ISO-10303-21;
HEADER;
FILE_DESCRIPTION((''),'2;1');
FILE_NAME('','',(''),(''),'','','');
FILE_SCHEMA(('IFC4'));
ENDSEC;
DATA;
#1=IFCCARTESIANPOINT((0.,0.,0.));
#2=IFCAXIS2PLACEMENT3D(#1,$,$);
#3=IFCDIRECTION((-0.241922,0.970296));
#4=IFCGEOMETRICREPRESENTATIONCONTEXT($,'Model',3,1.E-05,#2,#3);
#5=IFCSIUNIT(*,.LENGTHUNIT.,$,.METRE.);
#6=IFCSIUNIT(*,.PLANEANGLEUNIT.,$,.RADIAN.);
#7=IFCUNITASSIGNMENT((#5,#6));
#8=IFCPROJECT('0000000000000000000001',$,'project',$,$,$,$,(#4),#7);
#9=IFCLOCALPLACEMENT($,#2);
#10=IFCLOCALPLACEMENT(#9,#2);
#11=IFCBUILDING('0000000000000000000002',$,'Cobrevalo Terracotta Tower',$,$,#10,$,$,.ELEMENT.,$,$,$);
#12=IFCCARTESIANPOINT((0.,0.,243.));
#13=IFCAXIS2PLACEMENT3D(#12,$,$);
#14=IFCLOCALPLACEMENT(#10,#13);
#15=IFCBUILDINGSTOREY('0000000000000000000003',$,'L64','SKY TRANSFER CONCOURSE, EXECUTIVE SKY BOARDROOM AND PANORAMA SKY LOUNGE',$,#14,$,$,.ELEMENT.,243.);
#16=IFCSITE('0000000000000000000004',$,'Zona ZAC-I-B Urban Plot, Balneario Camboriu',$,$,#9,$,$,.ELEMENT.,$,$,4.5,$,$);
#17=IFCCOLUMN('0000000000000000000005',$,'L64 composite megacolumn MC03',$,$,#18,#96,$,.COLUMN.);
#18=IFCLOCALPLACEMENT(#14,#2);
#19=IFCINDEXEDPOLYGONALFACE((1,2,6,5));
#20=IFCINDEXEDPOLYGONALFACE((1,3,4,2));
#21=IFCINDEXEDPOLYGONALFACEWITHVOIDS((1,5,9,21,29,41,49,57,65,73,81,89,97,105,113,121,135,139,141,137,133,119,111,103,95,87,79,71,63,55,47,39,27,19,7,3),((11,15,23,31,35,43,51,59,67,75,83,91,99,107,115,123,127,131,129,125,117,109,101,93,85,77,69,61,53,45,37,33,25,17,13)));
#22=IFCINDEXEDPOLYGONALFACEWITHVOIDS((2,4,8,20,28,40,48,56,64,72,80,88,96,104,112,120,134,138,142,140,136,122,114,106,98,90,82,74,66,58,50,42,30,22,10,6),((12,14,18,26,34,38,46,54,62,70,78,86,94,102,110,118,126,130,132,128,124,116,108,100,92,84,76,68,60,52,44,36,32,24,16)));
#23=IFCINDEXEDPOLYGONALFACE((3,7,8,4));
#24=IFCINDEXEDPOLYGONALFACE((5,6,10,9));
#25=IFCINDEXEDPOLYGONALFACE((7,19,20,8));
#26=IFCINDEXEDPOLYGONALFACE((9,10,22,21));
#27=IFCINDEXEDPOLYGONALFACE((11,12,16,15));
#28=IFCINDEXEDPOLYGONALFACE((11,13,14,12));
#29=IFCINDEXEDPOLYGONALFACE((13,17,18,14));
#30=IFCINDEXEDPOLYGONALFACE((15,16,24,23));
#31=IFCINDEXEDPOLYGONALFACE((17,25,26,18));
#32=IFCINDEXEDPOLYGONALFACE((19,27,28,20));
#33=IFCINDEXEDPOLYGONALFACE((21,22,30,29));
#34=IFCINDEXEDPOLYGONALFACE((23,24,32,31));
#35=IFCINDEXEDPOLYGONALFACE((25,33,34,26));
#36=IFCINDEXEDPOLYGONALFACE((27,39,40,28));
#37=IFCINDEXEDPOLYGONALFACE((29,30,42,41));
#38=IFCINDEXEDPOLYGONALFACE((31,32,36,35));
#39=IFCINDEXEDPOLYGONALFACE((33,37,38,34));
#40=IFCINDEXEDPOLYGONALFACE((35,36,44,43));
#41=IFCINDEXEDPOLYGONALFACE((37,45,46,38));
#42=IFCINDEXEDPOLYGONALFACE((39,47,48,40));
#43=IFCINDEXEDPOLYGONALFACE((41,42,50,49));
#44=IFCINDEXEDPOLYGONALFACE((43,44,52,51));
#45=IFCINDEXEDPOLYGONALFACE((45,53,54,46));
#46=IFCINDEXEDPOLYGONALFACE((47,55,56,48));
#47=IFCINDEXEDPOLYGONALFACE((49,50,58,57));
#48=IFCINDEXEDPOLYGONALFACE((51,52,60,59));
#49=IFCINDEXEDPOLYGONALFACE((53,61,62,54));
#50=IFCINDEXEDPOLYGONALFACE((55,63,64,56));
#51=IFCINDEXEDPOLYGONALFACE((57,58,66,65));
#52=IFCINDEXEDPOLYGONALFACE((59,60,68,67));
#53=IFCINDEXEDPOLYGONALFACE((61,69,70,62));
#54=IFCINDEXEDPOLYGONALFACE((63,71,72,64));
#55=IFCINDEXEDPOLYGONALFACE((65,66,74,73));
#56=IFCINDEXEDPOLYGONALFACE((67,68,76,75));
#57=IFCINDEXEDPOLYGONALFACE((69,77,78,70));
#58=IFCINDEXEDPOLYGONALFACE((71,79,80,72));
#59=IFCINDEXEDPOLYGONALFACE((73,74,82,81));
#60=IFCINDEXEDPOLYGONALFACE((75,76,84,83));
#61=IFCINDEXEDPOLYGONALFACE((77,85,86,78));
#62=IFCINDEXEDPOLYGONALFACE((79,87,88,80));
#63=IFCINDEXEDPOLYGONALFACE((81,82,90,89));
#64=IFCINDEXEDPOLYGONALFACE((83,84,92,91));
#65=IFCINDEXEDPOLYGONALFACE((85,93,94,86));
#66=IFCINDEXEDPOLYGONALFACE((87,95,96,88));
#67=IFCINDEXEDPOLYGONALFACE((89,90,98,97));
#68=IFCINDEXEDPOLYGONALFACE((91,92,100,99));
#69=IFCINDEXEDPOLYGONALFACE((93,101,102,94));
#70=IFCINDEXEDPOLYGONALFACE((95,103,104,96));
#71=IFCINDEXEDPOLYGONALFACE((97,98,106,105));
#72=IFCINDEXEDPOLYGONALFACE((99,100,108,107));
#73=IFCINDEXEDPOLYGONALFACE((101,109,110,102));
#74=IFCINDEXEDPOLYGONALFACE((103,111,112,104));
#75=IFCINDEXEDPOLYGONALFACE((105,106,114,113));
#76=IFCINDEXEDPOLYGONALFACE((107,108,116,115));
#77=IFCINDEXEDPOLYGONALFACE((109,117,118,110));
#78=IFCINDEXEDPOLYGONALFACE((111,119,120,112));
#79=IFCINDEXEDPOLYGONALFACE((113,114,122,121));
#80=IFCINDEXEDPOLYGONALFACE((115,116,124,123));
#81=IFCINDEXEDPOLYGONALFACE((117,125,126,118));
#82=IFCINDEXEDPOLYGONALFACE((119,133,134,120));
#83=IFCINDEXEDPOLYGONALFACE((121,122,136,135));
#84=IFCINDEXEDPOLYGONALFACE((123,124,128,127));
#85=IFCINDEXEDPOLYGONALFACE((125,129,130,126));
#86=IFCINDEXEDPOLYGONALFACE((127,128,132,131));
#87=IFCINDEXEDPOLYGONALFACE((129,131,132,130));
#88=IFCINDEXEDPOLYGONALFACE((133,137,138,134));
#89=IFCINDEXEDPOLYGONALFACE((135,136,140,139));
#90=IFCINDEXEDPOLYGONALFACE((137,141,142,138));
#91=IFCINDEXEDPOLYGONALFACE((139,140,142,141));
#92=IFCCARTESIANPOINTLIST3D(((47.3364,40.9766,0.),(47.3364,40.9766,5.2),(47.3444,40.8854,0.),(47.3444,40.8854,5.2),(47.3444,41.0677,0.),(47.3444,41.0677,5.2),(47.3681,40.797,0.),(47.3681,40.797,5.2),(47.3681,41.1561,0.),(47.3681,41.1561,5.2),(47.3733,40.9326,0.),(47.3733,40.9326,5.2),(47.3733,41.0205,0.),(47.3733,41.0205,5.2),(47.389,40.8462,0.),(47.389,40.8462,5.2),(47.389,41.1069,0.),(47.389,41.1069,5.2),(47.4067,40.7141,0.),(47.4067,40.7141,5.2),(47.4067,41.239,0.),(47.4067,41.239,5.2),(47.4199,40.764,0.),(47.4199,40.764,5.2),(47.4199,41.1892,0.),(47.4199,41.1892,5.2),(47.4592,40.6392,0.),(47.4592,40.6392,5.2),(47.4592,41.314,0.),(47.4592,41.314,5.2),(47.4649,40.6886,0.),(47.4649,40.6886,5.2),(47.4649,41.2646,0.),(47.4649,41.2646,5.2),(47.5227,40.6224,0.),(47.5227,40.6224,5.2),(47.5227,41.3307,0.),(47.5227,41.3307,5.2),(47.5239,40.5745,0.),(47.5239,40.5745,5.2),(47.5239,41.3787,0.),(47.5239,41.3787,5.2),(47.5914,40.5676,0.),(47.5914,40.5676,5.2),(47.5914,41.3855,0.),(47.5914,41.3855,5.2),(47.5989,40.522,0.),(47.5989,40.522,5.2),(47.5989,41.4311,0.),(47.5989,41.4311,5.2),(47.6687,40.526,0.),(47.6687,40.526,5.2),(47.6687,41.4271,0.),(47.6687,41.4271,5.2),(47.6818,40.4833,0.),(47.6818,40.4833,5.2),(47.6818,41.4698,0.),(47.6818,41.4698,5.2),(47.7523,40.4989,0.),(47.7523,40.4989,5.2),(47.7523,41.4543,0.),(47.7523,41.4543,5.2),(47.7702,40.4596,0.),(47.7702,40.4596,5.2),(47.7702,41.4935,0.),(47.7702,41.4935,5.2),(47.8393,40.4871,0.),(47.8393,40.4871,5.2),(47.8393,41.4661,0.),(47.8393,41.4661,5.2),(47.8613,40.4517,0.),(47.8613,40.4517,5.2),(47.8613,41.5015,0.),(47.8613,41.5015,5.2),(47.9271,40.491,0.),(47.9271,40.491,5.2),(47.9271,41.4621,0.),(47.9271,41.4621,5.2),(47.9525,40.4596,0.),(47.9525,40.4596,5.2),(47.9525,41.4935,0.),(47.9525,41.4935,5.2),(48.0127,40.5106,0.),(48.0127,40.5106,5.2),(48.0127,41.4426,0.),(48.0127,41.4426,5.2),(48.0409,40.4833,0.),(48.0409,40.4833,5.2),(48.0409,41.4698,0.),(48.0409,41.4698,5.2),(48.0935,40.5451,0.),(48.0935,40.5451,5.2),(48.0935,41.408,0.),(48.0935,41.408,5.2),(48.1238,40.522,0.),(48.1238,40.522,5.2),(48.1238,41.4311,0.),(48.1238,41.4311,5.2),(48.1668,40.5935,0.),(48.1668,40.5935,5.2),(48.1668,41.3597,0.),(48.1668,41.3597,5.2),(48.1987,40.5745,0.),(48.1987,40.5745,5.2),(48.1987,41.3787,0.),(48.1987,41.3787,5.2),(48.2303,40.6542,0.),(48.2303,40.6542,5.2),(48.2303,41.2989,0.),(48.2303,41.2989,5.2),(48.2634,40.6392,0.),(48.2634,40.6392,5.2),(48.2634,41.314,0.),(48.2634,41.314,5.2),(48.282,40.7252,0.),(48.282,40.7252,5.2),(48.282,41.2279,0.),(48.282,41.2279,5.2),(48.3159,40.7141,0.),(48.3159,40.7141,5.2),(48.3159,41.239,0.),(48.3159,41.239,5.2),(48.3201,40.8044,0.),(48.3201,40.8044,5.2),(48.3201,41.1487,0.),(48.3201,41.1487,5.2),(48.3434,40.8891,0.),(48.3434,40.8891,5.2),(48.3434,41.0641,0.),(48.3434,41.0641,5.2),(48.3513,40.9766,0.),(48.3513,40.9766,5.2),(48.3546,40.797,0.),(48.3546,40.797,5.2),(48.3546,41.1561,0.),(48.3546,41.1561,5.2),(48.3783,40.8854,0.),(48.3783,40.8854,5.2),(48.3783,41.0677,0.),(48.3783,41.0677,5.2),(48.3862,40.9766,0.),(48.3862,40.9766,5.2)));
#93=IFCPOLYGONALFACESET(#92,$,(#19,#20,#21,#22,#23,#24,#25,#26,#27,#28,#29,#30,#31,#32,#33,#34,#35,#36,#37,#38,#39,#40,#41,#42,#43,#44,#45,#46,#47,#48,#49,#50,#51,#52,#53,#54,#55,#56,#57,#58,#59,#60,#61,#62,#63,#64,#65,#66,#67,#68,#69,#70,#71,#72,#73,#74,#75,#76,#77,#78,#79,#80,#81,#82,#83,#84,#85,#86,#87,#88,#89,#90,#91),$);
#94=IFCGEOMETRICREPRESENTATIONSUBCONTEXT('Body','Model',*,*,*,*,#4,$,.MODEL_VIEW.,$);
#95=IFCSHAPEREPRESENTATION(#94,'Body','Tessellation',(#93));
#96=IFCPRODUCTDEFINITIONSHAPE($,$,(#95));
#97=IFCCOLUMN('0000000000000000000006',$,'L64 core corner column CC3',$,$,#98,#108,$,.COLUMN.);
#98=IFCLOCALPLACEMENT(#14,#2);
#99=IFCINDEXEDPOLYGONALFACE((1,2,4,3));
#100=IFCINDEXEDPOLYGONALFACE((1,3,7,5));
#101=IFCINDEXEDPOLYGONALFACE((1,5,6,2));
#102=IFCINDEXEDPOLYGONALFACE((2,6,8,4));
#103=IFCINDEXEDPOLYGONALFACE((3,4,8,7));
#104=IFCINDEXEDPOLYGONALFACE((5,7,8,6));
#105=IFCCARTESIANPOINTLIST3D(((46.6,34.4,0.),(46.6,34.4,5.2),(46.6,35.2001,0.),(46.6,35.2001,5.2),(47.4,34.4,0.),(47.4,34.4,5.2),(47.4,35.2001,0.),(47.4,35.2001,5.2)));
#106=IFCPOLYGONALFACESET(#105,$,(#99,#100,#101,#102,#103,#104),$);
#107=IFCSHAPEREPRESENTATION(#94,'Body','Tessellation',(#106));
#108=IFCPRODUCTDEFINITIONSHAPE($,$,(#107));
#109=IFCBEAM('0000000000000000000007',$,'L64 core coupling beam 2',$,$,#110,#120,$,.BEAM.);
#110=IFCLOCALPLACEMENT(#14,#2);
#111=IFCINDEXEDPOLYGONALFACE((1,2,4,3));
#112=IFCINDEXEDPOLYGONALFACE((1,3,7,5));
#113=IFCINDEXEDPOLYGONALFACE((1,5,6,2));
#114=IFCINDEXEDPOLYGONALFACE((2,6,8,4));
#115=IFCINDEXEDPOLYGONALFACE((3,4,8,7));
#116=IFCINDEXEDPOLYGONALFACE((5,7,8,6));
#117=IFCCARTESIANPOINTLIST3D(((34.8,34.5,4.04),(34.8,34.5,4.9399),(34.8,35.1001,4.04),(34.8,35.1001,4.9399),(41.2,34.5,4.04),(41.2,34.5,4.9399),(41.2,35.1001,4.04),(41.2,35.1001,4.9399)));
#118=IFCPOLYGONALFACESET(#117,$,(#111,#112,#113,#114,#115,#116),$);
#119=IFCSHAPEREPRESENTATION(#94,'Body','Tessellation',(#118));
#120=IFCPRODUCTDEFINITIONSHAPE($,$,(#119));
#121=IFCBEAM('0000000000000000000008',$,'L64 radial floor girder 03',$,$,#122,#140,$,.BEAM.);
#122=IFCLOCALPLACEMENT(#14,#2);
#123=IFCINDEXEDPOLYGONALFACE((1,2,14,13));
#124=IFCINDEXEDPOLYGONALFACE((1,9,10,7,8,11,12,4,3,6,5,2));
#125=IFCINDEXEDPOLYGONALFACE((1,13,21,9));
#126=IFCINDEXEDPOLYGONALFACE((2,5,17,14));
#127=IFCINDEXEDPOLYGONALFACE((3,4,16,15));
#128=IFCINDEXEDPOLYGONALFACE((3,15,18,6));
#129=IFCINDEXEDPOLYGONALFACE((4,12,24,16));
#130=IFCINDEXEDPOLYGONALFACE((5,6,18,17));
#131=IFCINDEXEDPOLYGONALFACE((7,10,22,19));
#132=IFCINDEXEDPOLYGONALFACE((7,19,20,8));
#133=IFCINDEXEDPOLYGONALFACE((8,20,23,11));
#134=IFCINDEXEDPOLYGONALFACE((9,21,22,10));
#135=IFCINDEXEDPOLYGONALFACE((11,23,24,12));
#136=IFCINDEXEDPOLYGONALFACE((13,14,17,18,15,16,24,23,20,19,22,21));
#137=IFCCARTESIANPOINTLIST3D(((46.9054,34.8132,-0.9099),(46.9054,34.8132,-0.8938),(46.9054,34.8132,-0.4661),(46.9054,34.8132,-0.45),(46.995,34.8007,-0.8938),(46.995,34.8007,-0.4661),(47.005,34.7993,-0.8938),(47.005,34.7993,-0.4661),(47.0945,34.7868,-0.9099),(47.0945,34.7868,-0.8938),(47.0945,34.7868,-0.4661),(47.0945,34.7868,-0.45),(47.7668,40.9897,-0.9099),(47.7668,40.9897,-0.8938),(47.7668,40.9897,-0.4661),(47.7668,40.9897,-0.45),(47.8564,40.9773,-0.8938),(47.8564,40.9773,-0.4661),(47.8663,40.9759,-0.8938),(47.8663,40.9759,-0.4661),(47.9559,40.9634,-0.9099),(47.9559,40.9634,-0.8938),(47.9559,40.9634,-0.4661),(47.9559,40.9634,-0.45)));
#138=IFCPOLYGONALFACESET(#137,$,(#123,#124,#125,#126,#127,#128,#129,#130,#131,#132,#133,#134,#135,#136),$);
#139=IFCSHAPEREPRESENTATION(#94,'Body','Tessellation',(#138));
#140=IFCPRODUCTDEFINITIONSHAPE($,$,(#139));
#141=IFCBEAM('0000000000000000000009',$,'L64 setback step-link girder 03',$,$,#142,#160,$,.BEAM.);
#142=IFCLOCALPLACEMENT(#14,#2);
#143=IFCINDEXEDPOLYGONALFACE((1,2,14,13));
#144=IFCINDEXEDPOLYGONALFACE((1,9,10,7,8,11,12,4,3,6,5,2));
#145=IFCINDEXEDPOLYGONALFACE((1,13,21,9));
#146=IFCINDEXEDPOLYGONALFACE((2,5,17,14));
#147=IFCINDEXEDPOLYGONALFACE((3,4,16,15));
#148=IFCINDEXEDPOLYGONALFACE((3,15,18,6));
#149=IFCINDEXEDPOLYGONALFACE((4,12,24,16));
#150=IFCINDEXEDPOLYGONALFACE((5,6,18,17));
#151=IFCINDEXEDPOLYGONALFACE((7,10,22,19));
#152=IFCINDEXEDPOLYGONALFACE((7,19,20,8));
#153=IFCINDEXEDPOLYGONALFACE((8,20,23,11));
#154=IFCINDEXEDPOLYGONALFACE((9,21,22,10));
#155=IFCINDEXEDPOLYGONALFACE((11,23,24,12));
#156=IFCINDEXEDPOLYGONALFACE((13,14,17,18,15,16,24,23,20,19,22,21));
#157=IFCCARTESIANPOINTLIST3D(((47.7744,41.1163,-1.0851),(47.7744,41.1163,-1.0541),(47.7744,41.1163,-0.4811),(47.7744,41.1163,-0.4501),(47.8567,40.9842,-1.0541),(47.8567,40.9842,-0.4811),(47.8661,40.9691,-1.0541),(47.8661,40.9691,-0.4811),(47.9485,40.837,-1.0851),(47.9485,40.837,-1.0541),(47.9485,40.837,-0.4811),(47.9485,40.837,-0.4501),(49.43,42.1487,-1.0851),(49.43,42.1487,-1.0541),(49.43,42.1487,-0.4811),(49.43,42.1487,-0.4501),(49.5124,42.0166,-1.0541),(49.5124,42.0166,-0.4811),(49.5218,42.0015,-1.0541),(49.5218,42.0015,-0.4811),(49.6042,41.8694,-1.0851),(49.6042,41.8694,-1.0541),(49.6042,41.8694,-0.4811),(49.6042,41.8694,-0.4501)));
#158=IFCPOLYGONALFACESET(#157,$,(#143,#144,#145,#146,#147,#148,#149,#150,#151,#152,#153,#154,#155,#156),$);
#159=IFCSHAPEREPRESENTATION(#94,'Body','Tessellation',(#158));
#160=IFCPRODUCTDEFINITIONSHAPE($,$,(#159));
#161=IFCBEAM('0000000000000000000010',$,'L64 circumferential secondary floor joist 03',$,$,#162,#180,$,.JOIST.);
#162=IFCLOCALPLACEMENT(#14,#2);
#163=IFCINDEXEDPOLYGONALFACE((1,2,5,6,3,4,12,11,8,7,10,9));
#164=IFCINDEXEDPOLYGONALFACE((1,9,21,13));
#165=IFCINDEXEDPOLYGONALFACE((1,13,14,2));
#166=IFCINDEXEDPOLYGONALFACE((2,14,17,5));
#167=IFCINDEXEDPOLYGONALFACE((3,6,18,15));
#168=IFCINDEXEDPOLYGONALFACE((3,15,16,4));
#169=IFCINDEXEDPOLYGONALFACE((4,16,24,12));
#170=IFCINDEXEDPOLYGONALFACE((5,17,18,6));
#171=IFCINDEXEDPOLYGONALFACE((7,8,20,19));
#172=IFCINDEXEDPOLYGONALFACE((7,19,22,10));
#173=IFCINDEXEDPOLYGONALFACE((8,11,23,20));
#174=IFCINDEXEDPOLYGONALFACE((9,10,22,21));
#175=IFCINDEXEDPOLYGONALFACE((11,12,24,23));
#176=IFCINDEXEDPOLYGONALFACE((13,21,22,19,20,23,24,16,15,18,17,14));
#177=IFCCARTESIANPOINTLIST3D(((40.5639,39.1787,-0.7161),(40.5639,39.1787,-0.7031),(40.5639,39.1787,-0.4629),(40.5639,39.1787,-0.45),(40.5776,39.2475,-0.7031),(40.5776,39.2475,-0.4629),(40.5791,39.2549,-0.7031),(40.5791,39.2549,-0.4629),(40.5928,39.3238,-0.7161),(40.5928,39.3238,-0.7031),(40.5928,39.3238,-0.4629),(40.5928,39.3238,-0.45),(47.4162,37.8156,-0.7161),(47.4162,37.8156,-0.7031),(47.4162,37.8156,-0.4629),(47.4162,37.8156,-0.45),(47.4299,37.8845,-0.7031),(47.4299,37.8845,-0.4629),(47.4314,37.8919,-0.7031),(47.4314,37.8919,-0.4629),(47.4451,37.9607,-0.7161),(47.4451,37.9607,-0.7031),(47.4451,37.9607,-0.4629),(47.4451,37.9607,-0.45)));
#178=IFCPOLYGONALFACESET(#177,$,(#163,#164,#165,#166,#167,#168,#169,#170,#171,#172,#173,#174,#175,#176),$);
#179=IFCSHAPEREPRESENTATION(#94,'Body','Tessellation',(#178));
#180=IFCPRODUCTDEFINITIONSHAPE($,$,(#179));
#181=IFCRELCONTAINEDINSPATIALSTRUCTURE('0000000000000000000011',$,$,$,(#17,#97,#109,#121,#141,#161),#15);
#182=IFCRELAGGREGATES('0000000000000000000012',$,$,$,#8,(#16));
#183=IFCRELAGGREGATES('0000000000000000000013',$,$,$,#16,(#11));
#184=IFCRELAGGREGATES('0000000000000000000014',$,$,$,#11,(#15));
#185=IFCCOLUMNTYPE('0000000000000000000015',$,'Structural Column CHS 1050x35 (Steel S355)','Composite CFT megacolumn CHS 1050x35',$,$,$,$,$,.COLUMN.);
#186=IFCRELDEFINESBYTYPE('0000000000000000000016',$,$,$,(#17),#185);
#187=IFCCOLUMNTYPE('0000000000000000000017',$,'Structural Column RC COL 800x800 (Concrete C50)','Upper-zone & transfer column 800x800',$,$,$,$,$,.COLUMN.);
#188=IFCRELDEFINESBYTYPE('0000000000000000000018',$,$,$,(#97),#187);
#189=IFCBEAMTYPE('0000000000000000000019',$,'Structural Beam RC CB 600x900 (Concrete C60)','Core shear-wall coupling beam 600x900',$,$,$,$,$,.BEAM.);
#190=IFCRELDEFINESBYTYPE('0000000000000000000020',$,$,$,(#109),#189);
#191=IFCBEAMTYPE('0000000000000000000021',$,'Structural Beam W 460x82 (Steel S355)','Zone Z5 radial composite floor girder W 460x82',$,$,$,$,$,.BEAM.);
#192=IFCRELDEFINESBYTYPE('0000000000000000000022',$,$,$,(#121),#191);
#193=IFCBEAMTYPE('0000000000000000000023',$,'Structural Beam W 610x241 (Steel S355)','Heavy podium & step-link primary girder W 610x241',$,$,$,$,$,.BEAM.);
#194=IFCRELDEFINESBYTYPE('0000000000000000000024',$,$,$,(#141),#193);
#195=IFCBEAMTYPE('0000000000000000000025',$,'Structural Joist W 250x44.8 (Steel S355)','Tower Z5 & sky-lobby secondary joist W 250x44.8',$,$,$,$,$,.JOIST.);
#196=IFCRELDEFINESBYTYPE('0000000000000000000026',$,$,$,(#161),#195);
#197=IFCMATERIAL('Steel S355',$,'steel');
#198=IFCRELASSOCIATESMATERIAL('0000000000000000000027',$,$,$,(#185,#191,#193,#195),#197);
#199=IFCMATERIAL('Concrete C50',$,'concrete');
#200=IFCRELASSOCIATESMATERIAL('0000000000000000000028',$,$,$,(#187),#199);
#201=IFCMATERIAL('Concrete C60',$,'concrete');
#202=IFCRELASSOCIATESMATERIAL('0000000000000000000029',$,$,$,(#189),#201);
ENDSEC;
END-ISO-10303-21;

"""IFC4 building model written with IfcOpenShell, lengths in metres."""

from ifc_helpers import new_model, si_unit, direction, frame, origin, origin_2d, place, context, subcontext, project, spatial, rectangle, hollow_circle, i_section, extrude, material, material_profile, profile_set, type_object, element, save


model = new_model("IFC4")

# Units and contexts
model_context = context("Model", 3, precision=1e-05, world=origin(), true_north=direction((-0.241922, 0.970296)))
body_context = subcontext(model_context, "Body", "Model", "MODEL_VIEW")
ifc_project = project(units=[si_unit("LENGTHUNIT", "METRE"), si_unit("PLANEANGLEUNIT", "RADIAN")], contexts=[model_context])

# Site, building, storey
site_placement = place(None, origin())
site = spatial("IfcSite", under=ifc_project, at=site_placement, Name="Zona ZAC-I-B Urban Plot, Balneario Camboriu", CompositionType="ELEMENT", RefElevation=4.5)
building_placement = place(site_placement, origin())
building = spatial("IfcBuilding", under=site, at=building_placement, Name="Cobrevalo Terracotta Tower", CompositionType="ELEMENT")
storey_placement = place(building_placement, frame((0.0, 0.0, 243.0)))
storey = spatial("IfcBuildingStorey", under=building, at=storey_placement, Name="L64", Description="SKY TRANSFER CONCOURSE, EXECUTIVE SKY BOARDROOM AND PANORAMA SKY LOUNGE", CompositionType="ELEMENT", Elevation=243.0)

# Columns
ifc_material_1 = material(Name="Steel S355", Category="steel")
ifc_material_profile_1 = material_profile(ifc_material_1, hollow_circle(Radius=0.5249, WallThickness=0.0349, at=origin_2d()), Name="CHS 1050x35")
ifc_profile_set_1 = profile_set([ifc_material_profile_1], Name="Steel S355")
column_type_1 = type_object("IfcColumnType", Name="Structural Column CHS 1050x35 (Steel S355)", Description="Composite CFT megacolumn CHS 1050x35", PredefinedType="COLUMN", material=ifc_profile_set_1)
column_1_placement = place(storey_placement, frame((47.8613, 40.9766, 0.0), z_axis=(0.0, 0.0, 1.0), x_axis=(1.0, 0.0, 0.0)))
element("IfcColumn", 1, at=column_1_placement, inside=storey, type_object=column_type_1, Name="L64 composite megacolumn MC03", PredefinedType="COLUMN", context=body_context, shape_type="SweptSolid", body=[
    extrude(hollow_circle(Radius=0.5249, WallThickness=0.0349, at=origin_2d()), origin(), (0.0, 0.0, 1.0), 5.2),
])
ifc_material_2 = material(Name="Concrete C50", Category="concrete")
ifc_material_profile_2 = material_profile(ifc_material_2, rectangle(XDim=0.8, YDim=0.8, at=origin_2d()), Name="RC COL 800x800")
ifc_profile_set_2 = profile_set([ifc_material_profile_2], Name="Concrete C50")
column_type_2 = type_object("IfcColumnType", Name="Structural Column RC COL 800x800 (Concrete C50)", Description="Upper-zone & transfer column 800x800", PredefinedType="COLUMN", material=ifc_profile_set_2)
column_2_placement = place(storey_placement, frame((47.0, 34.8, 0.0), z_axis=(0.0, 0.0, 1.0), x_axis=(1.0, 0.0, 0.0)))
element("IfcColumn", 2, at=column_2_placement, inside=storey, type_object=column_type_2, Name="L64 core corner column CC3", PredefinedType="COLUMN", context=body_context, shape_type="SweptSolid", body=[
    extrude(rectangle(XDim=0.8, YDim=0.8, at=origin_2d()), origin(), (0.0, 0.0, 1.0), 5.2),
])

# Beams
ifc_material_3 = material(Name="Concrete C60", Category="concrete")
ifc_material_profile_3 = material_profile(ifc_material_3, rectangle(XDim=0.6001, YDim=0.8999, at=origin_2d()), Name="RC CB 600x900")
ifc_profile_set_3 = profile_set([ifc_material_profile_3], Name="Concrete C60")
beam_type_1 = type_object("IfcBeamType", Name="Structural Beam RC CB 600x900 (Concrete C60)", Description="Core shear-wall coupling beam 600x900", PredefinedType="BEAM", material=ifc_profile_set_3)
beam_1_placement = place(storey_placement, frame((34.8, 34.8, 4.49), z_axis=(1.0, 0.0, 0.0), x_axis=(0.0, 1.0, 0.0)))
element("IfcBeam", 3, at=beam_1_placement, inside=storey, type_object=beam_type_1, Name="L64 core coupling beam 2", PredefinedType="BEAM", context=body_context, shape_type="SweptSolid", body=[
    extrude(rectangle(XDim=0.6001, YDim=0.8999, at=origin_2d()), origin(), (0.0, 0.0, 1.0), 6.3999),
])
ifc_material_profile_4 = material_profile(ifc_material_1, i_section(OverallWidth=0.1909, OverallDepth=0.46, WebThickness=0.01, FlangeThickness=0.0161, at=origin_2d()), Name="W 460x82")
ifc_profile_set_4 = profile_set([ifc_material_profile_4], Name="Steel S355")
beam_type_2 = type_object("IfcBeamType", Name="Structural Beam W 460x82 (Steel S355)", Description="Zone Z5 radial composite floor girder W 460x82", PredefinedType="BEAM", material=ifc_profile_set_4)
beam_2_placement = place(storey_placement, frame((47.8613, 40.9766, -0.6799), z_axis=(-0.138116, -0.990416, 0.0), x_axis=(0.990416, -0.138116, 0.0)))
element("IfcBeam", 4, at=beam_2_placement, inside=storey, type_object=beam_type_2, Name="L64 radial floor girder 03", PredefinedType="BEAM", context=body_context, shape_type="SweptSolid", body=[
    extrude(i_section(OverallWidth=0.1909, OverallDepth=0.46, WebThickness=0.01, FlangeThickness=0.0161, at=origin_2d()), origin(), (0.0, 0.0, 1.0), 6.2363),
])
ifc_material_profile_5 = material_profile(ifc_material_1, i_section(OverallWidth=0.3291, OverallDepth=0.635, WebThickness=0.0178, FlangeThickness=0.031, at=origin_2d()), Name="W 610x241")
ifc_profile_set_5 = profile_set([ifc_material_profile_5], Name="Steel S355")
beam_type_3 = type_object("IfcBeamType", Name="Structural Beam W 610x241 (Steel S355)", Description="Heavy podium & step-link primary girder W 610x241", PredefinedType="BEAM", material=ifc_profile_set_5)
beam_3_placement = place(storey_placement, frame((49.5171, 42.009, -0.7676), z_axis=(-0.848546, -0.529121, 0.0), x_axis=(0.529121, -0.848546, 0.0)))
element("IfcBeam", 5, at=beam_3_placement, inside=storey, type_object=beam_type_3, Name="L64 setback step-link girder 03", PredefinedType="BEAM", context=body_context, shape_type="SweptSolid", body=[
    extrude(i_section(OverallWidth=0.3291, OverallDepth=0.635, WebThickness=0.0178, FlangeThickness=0.031, at=origin_2d()), origin(), (0.0, 0.0, 1.0), 1.9512),
])
ifc_material_profile_6 = material_profile(ifc_material_1, i_section(OverallWidth=0.1479, OverallDepth=0.2661, WebThickness=0.0076, FlangeThickness=0.0129, at=origin_2d()), Name="W 250x44.8")
ifc_profile_set_6 = profile_set([ifc_material_profile_6], Name="Steel S355")
beam_type_4 = type_object("IfcBeamType", Name="Structural Joist W 250x44.8 (Steel S355)", Description="Tower Z5 & sky-lobby secondary joist W 250x44.8", PredefinedType="JOIST", material=ifc_profile_set_6)
beam_4_placement = place(storey_placement, frame((47.4307, 37.8882, -0.583), z_axis=(-0.980784, 0.195095, 0.0), x_axis=(-0.195095, -0.980784, 0.0)))
element("IfcBeam", 6, at=beam_4_placement, inside=storey, type_object=beam_type_4, Name="L64 circumferential secondary floor joist 03", PredefinedType="JOIST", context=body_context, shape_type="SweptSolid", body=[
    extrude(i_section(OverallWidth=0.1479, OverallDepth=0.2661, WebThickness=0.0076, FlangeThickness=0.0129, at=origin_2d()), origin(), (0.0, 0.0, 1.0), 6.9866),
])

save(model, "model.ifc")
